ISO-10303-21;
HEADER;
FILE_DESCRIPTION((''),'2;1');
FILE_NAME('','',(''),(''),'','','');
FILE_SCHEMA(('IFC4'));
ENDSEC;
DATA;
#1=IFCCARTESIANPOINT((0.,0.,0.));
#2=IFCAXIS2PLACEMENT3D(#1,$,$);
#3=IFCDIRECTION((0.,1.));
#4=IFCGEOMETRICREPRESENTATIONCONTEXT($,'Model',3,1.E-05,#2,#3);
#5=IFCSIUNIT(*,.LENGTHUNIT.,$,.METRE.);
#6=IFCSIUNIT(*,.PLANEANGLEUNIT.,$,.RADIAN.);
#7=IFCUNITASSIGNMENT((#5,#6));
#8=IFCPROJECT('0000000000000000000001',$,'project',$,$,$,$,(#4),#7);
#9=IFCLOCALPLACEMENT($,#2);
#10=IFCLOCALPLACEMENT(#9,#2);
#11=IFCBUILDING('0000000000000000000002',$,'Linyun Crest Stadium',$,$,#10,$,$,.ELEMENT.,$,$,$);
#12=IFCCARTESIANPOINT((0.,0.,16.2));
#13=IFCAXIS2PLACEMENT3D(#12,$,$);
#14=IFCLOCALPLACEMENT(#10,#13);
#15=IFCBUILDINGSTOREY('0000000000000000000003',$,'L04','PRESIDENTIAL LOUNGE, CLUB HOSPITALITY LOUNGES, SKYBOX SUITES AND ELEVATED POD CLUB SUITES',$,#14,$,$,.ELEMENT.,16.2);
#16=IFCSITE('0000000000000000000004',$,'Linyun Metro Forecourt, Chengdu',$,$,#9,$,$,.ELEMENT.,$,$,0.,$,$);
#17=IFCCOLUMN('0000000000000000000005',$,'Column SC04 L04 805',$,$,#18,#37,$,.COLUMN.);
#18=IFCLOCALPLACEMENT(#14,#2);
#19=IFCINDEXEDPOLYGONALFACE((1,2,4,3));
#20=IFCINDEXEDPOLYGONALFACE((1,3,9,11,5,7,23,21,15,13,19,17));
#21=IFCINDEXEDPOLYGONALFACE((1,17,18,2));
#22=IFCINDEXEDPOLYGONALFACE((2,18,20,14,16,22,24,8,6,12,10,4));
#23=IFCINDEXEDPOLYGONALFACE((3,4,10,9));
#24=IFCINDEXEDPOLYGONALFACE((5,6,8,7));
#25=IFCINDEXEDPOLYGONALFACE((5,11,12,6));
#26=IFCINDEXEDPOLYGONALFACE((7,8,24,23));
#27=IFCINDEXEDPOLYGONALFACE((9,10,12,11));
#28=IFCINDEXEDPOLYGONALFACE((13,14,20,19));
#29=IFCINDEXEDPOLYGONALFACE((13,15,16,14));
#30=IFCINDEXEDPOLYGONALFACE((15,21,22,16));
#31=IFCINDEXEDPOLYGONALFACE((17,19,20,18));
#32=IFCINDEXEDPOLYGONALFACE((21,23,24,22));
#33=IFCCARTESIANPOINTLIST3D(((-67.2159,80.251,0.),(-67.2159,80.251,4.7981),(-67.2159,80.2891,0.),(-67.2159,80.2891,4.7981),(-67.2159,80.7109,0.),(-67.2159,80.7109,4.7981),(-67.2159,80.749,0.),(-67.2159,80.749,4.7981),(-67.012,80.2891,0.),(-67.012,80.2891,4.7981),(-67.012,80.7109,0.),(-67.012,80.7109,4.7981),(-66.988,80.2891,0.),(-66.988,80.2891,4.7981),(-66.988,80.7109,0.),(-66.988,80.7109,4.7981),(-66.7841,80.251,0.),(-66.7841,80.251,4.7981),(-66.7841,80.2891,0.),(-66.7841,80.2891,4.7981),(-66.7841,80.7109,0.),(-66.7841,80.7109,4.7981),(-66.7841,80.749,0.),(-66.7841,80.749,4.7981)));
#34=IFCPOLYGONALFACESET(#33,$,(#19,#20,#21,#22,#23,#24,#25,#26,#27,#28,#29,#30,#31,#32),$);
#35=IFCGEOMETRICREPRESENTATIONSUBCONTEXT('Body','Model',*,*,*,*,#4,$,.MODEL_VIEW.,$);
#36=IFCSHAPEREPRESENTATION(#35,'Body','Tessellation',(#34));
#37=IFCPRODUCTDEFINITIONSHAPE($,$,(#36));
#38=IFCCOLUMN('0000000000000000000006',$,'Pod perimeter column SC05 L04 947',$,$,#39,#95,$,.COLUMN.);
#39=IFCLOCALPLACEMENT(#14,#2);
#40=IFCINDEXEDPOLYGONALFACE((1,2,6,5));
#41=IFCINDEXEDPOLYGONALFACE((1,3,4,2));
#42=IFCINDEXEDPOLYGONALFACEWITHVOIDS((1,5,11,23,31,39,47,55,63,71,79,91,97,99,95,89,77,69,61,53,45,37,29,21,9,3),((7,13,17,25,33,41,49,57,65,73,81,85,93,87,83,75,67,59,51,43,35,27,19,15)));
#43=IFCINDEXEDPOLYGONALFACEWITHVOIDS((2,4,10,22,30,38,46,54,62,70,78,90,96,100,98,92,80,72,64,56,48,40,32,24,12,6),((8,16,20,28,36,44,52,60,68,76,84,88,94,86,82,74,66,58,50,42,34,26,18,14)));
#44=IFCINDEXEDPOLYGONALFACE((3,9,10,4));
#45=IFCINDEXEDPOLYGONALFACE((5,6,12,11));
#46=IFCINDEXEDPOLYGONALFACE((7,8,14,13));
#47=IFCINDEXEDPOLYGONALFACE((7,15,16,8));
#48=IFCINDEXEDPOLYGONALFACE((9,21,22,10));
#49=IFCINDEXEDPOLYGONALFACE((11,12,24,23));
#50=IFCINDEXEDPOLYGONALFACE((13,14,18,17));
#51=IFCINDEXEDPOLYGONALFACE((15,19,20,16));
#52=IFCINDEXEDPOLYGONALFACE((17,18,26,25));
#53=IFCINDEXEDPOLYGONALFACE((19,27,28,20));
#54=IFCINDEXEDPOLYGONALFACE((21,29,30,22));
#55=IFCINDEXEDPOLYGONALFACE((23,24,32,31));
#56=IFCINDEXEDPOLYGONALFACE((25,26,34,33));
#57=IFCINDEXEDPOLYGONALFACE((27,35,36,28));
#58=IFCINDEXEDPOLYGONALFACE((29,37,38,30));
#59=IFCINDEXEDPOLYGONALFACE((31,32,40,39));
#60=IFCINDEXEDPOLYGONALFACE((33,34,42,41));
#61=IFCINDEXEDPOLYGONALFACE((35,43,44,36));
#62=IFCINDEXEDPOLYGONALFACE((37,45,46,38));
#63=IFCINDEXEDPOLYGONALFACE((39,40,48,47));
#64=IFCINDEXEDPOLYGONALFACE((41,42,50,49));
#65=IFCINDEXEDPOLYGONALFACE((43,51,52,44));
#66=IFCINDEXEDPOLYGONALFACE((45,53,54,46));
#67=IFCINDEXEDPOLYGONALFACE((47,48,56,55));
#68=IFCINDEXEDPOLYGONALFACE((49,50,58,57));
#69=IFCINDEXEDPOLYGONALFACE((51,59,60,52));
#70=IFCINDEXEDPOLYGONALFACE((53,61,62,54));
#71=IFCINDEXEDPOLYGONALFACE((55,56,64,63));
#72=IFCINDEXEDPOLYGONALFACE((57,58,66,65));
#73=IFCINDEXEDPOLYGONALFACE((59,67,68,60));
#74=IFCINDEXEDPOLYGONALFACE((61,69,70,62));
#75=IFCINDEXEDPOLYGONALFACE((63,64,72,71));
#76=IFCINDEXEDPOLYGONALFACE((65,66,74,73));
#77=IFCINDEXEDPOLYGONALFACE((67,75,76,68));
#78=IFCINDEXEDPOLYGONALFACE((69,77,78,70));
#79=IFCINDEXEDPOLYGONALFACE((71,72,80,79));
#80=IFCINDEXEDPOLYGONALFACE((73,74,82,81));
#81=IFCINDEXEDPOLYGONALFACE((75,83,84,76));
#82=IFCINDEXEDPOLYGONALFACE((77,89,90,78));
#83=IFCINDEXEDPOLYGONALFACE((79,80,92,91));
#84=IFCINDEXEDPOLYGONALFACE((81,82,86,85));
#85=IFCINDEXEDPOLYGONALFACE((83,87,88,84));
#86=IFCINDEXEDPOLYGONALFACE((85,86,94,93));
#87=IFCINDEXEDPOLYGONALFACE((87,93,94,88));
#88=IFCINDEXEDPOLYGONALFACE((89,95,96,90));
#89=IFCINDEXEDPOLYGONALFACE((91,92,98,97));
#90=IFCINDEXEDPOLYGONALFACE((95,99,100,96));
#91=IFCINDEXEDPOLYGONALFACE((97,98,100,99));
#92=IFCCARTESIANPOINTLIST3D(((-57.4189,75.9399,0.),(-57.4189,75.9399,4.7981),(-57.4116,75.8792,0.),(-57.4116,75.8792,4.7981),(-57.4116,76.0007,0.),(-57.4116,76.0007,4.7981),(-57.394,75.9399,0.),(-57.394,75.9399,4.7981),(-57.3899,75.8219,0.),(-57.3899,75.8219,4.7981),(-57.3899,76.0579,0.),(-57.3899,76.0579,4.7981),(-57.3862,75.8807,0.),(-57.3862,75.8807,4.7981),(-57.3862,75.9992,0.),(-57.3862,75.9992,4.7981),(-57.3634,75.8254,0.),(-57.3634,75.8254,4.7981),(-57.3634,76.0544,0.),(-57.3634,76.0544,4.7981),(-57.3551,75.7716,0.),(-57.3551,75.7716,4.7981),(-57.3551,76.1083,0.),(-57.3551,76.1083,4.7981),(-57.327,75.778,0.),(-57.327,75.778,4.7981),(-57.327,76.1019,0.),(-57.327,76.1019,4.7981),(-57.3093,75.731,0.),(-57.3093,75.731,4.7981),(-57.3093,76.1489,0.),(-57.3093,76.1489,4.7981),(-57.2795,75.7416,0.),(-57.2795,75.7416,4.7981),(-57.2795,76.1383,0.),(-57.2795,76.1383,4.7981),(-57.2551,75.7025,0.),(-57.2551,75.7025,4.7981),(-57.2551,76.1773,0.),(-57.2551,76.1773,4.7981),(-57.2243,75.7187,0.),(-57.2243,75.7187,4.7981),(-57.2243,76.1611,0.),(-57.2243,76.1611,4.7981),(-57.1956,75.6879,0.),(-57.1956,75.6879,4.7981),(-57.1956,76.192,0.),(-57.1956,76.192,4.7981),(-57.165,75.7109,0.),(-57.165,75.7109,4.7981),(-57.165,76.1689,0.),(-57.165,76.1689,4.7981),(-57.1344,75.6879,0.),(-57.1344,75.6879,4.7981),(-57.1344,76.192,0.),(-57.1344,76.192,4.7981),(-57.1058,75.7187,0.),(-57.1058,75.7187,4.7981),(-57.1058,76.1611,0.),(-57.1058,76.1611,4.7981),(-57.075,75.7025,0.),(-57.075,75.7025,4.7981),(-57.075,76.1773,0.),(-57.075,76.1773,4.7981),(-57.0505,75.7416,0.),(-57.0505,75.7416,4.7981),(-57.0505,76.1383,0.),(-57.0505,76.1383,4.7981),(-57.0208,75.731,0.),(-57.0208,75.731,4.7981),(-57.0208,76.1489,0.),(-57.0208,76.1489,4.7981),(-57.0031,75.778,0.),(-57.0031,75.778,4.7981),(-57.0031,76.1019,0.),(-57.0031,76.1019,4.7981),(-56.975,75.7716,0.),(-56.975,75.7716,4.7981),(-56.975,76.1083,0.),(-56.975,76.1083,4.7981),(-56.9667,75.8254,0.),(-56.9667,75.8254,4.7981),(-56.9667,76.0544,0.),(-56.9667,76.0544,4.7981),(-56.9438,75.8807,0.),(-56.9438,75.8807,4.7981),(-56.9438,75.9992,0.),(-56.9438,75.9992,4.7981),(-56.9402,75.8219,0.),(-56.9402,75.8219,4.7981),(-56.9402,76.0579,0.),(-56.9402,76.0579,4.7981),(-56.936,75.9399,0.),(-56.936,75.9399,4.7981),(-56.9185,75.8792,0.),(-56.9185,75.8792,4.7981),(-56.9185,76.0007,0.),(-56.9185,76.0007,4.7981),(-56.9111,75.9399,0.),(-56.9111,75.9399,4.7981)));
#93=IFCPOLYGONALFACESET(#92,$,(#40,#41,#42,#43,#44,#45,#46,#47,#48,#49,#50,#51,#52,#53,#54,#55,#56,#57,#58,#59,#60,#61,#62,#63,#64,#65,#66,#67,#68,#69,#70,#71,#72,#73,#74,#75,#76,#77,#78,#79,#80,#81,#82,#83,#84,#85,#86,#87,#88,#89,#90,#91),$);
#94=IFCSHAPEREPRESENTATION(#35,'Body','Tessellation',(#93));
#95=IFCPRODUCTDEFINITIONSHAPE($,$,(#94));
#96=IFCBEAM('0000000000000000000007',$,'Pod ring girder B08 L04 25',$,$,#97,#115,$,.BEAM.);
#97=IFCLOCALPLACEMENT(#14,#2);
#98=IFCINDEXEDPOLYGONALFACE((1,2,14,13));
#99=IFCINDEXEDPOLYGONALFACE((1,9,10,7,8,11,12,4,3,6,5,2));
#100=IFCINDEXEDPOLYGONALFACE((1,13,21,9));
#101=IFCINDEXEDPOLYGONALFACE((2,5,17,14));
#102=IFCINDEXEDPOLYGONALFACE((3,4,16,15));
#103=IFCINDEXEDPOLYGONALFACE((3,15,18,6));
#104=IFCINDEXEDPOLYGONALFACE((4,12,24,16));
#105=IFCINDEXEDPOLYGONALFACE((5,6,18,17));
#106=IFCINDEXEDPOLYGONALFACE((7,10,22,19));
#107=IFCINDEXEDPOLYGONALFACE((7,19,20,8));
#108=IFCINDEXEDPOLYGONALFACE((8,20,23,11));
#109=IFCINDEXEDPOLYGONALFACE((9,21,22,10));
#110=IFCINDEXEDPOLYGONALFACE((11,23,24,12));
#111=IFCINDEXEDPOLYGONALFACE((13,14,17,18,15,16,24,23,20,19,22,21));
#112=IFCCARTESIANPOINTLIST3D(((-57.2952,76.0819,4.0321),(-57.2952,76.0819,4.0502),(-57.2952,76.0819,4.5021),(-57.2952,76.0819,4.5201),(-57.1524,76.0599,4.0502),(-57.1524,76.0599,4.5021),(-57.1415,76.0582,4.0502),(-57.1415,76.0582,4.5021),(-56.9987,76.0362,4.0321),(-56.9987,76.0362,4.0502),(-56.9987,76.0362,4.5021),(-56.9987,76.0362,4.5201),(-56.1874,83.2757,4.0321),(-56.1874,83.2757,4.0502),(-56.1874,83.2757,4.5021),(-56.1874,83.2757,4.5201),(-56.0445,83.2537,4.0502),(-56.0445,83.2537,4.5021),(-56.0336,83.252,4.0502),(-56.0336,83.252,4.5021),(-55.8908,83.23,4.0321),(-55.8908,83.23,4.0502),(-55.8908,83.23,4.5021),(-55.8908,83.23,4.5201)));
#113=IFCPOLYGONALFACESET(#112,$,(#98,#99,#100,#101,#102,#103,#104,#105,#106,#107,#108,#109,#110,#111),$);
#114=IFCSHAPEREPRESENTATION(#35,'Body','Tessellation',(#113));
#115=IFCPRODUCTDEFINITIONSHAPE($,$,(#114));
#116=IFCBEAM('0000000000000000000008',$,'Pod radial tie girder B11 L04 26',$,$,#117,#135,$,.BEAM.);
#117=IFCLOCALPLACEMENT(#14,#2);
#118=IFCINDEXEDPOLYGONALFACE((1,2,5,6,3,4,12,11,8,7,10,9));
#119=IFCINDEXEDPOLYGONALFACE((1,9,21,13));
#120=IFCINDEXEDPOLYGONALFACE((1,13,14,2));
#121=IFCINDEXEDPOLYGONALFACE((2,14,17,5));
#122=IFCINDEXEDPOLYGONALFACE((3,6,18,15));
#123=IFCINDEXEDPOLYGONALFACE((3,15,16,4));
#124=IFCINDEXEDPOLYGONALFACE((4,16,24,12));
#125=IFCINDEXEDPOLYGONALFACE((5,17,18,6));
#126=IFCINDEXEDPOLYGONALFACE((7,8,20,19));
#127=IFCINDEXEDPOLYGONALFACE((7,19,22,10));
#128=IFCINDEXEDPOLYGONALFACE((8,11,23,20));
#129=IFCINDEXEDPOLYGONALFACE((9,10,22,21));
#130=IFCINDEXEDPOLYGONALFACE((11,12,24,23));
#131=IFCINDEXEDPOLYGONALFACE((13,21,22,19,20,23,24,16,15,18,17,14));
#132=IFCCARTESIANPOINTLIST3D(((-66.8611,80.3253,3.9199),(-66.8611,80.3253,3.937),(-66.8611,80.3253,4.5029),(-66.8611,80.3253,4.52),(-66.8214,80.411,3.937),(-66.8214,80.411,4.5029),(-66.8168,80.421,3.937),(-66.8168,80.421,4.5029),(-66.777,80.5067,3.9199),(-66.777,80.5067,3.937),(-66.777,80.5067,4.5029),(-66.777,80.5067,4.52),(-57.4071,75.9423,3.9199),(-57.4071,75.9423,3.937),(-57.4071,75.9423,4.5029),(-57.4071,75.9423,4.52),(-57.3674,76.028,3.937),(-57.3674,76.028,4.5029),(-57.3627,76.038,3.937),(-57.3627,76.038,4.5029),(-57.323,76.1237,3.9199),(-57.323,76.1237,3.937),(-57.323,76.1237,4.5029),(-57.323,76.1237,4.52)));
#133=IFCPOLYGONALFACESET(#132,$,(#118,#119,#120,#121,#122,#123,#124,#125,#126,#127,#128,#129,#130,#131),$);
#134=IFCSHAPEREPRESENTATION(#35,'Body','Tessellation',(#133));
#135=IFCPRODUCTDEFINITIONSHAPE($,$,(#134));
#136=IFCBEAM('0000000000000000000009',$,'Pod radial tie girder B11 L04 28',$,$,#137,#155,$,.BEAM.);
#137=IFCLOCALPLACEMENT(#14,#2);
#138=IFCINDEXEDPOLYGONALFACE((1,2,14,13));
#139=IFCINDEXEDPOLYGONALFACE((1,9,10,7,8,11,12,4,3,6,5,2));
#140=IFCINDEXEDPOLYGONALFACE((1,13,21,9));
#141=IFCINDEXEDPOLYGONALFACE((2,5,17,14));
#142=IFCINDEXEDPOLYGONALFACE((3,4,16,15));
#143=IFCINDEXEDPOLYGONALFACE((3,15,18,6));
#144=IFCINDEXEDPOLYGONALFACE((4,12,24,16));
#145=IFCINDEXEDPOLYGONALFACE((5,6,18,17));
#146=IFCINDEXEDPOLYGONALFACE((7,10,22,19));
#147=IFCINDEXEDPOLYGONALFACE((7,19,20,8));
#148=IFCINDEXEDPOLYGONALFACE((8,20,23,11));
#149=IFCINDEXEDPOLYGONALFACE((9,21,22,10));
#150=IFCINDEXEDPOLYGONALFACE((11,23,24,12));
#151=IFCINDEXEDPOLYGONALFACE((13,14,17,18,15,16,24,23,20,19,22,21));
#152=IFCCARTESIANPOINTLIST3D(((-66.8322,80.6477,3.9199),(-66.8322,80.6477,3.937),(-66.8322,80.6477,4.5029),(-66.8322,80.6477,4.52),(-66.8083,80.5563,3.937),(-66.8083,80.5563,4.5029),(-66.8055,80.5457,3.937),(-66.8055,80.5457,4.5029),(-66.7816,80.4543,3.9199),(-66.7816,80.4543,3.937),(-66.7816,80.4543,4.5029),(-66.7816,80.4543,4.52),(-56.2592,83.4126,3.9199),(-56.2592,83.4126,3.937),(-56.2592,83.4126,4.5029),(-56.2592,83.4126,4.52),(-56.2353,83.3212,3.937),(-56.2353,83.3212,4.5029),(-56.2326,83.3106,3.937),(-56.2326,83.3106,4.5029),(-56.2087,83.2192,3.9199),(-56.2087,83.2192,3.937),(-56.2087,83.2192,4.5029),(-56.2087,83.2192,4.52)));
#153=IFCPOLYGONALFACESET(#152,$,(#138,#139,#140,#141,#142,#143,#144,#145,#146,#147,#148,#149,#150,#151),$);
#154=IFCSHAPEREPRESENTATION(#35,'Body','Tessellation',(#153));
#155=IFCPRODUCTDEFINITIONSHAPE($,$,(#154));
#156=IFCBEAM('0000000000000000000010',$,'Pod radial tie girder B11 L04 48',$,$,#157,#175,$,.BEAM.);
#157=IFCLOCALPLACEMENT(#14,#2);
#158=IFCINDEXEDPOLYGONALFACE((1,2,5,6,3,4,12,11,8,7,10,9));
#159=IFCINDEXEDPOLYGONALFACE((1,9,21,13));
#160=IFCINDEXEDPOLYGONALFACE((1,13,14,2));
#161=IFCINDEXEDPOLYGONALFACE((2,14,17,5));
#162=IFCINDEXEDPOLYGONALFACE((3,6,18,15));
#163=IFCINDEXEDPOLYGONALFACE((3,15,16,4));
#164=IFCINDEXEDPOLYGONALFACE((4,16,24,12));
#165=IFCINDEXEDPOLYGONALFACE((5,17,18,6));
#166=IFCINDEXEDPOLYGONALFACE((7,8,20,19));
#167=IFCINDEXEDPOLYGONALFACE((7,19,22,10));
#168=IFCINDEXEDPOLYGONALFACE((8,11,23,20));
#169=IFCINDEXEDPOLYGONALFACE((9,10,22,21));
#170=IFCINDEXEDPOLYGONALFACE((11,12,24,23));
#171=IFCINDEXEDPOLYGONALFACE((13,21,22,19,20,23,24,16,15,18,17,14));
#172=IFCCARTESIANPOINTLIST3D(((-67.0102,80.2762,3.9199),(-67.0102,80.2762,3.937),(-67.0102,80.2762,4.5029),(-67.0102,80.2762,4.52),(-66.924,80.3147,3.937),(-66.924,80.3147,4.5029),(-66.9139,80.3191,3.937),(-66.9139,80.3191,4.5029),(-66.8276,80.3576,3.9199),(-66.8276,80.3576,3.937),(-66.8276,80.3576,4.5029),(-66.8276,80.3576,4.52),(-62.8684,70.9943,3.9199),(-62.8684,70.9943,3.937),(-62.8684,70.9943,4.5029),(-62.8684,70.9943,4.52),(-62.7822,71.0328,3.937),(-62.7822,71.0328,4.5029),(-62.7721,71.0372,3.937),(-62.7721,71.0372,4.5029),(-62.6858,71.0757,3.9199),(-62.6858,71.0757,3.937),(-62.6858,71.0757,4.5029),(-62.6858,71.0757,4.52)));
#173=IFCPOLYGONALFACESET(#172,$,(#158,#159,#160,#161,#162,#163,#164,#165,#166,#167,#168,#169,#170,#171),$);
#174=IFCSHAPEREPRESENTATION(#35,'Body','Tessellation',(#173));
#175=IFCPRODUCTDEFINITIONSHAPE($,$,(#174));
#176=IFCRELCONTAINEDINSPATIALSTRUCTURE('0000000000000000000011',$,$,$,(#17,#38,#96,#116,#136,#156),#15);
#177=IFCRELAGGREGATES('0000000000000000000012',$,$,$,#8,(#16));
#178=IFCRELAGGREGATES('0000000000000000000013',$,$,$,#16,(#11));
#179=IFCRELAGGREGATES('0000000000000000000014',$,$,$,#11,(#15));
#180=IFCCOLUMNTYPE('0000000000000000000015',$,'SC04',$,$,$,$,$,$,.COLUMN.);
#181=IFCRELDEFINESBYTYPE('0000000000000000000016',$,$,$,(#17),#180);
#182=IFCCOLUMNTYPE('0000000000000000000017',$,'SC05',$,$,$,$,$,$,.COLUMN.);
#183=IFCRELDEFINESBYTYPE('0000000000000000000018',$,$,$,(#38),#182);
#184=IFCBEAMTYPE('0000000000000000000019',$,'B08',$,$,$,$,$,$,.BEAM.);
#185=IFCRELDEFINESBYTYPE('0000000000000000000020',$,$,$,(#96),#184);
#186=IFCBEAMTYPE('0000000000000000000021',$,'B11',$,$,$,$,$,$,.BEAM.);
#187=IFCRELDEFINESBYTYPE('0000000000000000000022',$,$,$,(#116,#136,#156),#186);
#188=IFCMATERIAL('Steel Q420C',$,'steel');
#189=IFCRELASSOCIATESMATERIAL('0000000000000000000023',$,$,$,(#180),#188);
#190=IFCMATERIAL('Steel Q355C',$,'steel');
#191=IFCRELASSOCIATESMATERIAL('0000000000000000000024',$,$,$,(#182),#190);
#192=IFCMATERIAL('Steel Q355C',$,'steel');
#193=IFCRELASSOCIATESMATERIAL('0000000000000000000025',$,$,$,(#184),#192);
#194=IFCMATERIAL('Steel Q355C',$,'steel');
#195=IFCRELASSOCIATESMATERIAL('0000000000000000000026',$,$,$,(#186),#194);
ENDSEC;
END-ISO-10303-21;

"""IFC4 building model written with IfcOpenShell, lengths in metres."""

from ifc_helpers import new_model, si_unit, direction, frame, origin, origin_2d, place, context, subcontext, project, spatial, hollow_circle, i_section, extrude, material, material_profile, profile_set, type_object, element, save


model = new_model("IFC4")

# Units and contexts
model_context = context("Model", 3, precision=1e-05, world=origin(), true_north=direction((0.0, 1.0)))
body_context = subcontext(model_context, "Body", "Model", "MODEL_VIEW")
ifc_project = project(units=[si_unit("LENGTHUNIT", "METRE"), si_unit("PLANEANGLEUNIT", "RADIAN")], contexts=[model_context])

# Site, building, storey
site_placement = place(None, origin())
site = spatial("IfcSite", under=ifc_project, at=site_placement, Name="Linyun Metro Forecourt, Chengdu", CompositionType="ELEMENT", RefElevation=0.0)
building_placement = place(site_placement, origin())
building = spatial("IfcBuilding", under=site, at=building_placement, Name="Linyun Crest Stadium", CompositionType="ELEMENT")
storey_placement = place(building_placement, frame((0.0, 0.0, 16.2)))
storey = spatial("IfcBuildingStorey", under=building, at=storey_placement, Name="L04", Description="PRESIDENTIAL LOUNGE, CLUB HOSPITALITY LOUNGES, SKYBOX SUITES AND ELEVATED POD CLUB SUITES", CompositionType="ELEMENT", Elevation=16.2)

# Columns
ifc_material_1 = material(Name="Steel Q420C", Category="steel")
ifc_material_profile_1 = material_profile(ifc_material_1, i_section(OverallWidth=0.4319, OverallDepth=0.498, WebThickness=0.0239, FlangeThickness=0.0381, at=origin_2d()), Name="HW 498x432")
ifc_profile_set_1 = profile_set([ifc_material_profile_1], Name="Steel Q420C")
column_type_1 = type_object("IfcColumnType", Name="SC04", PredefinedType="COLUMN", material=ifc_profile_set_1)
column_1_placement = place(storey_placement, frame((-67.0, 80.5, 0.0), z_axis=(0.0, 0.0, 1.0), x_axis=(1.0, 0.0, 0.0)))
element("IfcColumn", 1, at=column_1_placement, inside=storey, type_object=column_type_1, Name="Column SC04 L04 805", PredefinedType="COLUMN", context=body_context, shape_type="SweptSolid", body=[
    extrude(i_section(OverallWidth=0.4319, OverallDepth=0.498, WebThickness=0.0239, FlangeThickness=0.0381, at=origin_2d()), origin(), (0.0, 0.0, 1.0), 4.7981),
])
ifc_material_2 = material(Name="Steel Q355C", Category="steel")
ifc_material_profile_2 = material_profile(ifc_material_2, hollow_circle(Radius=0.2539, WallThickness=0.0249, at=origin_2d()), Name="CHS 508x25")
ifc_profile_set_2 = profile_set([ifc_material_profile_2], Name="Steel Q355C")
column_type_2 = type_object("IfcColumnType", Name="SC05", PredefinedType="COLUMN", material=ifc_profile_set_2)
column_2_placement = place(storey_placement, frame((-57.165, 75.9399, 0.0), z_axis=(0.0, 0.0, 1.0), x_axis=(1.0, 0.0, 0.0)))
element("IfcColumn", 2, at=column_2_placement, inside=storey, type_object=column_type_2, Name="Pod perimeter column SC05 L04 947", PredefinedType="COLUMN", context=body_context, shape_type="SweptSolid", body=[
    extrude(hollow_circle(Radius=0.2539, WallThickness=0.0249, at=origin_2d()), origin(), (0.0, 0.0, 1.0), 4.7981),
])

# Beams
ifc_material_3 = material(Name="Steel Q355C", Category="steel")
ifc_material_profile_3 = material_profile(ifc_material_3, i_section(OverallWidth=0.3, OverallDepth=0.488, WebThickness=0.011, FlangeThickness=0.0181, at=origin_2d()), Name="HM 488x300")
ifc_profile_set_3 = profile_set([ifc_material_profile_3], Name="Steel Q355C")
beam_type_1 = type_object("IfcBeamType", Name="B08", PredefinedType="BEAM", material=ifc_profile_set_3)
beam_1_placement = place(storey_placement, frame((-57.147, 76.0591, 4.2761), z_axis=(0.152213, 0.988348, 0.0), x_axis=(-0.988348, 0.152213, 0.0)))
element("IfcBeam", 3, at=beam_1_placement, inside=storey, type_object=beam_type_1, Name="Pod ring girder B08 L04 25", PredefinedType="BEAM", context=body_context, shape_type="SweptSolid", body=[
    extrude(i_section(OverallWidth=0.3, OverallDepth=0.488, WebThickness=0.011, FlangeThickness=0.0181, at=origin_2d()), origin(), (0.0, 0.0, 1.0), 7.2786),
])
ifc_material_4 = material(Name="Steel Q355C", Category="steel")
ifc_material_profile_4 = material_profile(ifc_material_4, i_section(OverallWidth=0.2, OverallDepth=0.6001, WebThickness=0.011, FlangeThickness=0.0171, at=origin_2d()), Name="HN 600x200")
ifc_profile_set_4 = profile_set([ifc_material_profile_4], Name="Steel Q355C")
beam_type_2 = type_object("IfcBeamType", Name="B11", PredefinedType="BEAM", material=ifc_profile_set_4)
beam_2_placement = place(storey_placement, frame((-66.8191, 80.416, 4.22), z_axis=(0.907241, -0.42061, 0.0), x_axis=(0.42061, 0.907241, 0.0)))
element("IfcBeam", 4, at=beam_2_placement, inside=storey, type_object=beam_type_2, Name="Pod radial tie girder B11 L04 26", PredefinedType="BEAM", context=body_context, shape_type="SweptSolid", body=[
    extrude(i_section(OverallWidth=0.2, OverallDepth=0.6001, WebThickness=0.011, FlangeThickness=0.0171, at=origin_2d()), origin(), (0.0, 0.0, 1.0), 10.4207),
])
beam_3_placement = place(storey_placement, frame((-66.8069, 80.551, 4.22), z_axis=(0.967467, 0.252998, 0.0), x_axis=(-0.252998, 0.967467, 0.0)))
element("IfcBeam", 5, at=beam_3_placement, inside=storey, type_object=beam_type_2, Name="Pod radial tie girder B11 L04 28", PredefinedType="BEAM", context=body_context, shape_type="SweptSolid", body=[
    extrude(i_section(OverallWidth=0.2, OverallDepth=0.6001, WebThickness=0.011, FlangeThickness=0.0171, at=origin_2d()), origin(), (0.0, 0.0, 1.0), 10.9285),
])
beam_4_placement = place(storey_placement, frame((-66.9189, 80.3169, 4.22), z_axis=(0.407495, -0.913207, 0.0), x_axis=(0.913207, 0.407495, 0.0)))
element("IfcBeam", 6, at=beam_4_placement, inside=storey, type_object=beam_type_2, Name="Pod radial tie girder B11 L04 48", PredefinedType="BEAM", context=body_context, shape_type="SweptSolid", body=[
    extrude(i_section(OverallWidth=0.2, OverallDepth=0.6001, WebThickness=0.011, FlangeThickness=0.0171, at=origin_2d()), origin(), (0.0, 0.0, 1.0), 10.1641),
])

save(model, "model.ifc")
